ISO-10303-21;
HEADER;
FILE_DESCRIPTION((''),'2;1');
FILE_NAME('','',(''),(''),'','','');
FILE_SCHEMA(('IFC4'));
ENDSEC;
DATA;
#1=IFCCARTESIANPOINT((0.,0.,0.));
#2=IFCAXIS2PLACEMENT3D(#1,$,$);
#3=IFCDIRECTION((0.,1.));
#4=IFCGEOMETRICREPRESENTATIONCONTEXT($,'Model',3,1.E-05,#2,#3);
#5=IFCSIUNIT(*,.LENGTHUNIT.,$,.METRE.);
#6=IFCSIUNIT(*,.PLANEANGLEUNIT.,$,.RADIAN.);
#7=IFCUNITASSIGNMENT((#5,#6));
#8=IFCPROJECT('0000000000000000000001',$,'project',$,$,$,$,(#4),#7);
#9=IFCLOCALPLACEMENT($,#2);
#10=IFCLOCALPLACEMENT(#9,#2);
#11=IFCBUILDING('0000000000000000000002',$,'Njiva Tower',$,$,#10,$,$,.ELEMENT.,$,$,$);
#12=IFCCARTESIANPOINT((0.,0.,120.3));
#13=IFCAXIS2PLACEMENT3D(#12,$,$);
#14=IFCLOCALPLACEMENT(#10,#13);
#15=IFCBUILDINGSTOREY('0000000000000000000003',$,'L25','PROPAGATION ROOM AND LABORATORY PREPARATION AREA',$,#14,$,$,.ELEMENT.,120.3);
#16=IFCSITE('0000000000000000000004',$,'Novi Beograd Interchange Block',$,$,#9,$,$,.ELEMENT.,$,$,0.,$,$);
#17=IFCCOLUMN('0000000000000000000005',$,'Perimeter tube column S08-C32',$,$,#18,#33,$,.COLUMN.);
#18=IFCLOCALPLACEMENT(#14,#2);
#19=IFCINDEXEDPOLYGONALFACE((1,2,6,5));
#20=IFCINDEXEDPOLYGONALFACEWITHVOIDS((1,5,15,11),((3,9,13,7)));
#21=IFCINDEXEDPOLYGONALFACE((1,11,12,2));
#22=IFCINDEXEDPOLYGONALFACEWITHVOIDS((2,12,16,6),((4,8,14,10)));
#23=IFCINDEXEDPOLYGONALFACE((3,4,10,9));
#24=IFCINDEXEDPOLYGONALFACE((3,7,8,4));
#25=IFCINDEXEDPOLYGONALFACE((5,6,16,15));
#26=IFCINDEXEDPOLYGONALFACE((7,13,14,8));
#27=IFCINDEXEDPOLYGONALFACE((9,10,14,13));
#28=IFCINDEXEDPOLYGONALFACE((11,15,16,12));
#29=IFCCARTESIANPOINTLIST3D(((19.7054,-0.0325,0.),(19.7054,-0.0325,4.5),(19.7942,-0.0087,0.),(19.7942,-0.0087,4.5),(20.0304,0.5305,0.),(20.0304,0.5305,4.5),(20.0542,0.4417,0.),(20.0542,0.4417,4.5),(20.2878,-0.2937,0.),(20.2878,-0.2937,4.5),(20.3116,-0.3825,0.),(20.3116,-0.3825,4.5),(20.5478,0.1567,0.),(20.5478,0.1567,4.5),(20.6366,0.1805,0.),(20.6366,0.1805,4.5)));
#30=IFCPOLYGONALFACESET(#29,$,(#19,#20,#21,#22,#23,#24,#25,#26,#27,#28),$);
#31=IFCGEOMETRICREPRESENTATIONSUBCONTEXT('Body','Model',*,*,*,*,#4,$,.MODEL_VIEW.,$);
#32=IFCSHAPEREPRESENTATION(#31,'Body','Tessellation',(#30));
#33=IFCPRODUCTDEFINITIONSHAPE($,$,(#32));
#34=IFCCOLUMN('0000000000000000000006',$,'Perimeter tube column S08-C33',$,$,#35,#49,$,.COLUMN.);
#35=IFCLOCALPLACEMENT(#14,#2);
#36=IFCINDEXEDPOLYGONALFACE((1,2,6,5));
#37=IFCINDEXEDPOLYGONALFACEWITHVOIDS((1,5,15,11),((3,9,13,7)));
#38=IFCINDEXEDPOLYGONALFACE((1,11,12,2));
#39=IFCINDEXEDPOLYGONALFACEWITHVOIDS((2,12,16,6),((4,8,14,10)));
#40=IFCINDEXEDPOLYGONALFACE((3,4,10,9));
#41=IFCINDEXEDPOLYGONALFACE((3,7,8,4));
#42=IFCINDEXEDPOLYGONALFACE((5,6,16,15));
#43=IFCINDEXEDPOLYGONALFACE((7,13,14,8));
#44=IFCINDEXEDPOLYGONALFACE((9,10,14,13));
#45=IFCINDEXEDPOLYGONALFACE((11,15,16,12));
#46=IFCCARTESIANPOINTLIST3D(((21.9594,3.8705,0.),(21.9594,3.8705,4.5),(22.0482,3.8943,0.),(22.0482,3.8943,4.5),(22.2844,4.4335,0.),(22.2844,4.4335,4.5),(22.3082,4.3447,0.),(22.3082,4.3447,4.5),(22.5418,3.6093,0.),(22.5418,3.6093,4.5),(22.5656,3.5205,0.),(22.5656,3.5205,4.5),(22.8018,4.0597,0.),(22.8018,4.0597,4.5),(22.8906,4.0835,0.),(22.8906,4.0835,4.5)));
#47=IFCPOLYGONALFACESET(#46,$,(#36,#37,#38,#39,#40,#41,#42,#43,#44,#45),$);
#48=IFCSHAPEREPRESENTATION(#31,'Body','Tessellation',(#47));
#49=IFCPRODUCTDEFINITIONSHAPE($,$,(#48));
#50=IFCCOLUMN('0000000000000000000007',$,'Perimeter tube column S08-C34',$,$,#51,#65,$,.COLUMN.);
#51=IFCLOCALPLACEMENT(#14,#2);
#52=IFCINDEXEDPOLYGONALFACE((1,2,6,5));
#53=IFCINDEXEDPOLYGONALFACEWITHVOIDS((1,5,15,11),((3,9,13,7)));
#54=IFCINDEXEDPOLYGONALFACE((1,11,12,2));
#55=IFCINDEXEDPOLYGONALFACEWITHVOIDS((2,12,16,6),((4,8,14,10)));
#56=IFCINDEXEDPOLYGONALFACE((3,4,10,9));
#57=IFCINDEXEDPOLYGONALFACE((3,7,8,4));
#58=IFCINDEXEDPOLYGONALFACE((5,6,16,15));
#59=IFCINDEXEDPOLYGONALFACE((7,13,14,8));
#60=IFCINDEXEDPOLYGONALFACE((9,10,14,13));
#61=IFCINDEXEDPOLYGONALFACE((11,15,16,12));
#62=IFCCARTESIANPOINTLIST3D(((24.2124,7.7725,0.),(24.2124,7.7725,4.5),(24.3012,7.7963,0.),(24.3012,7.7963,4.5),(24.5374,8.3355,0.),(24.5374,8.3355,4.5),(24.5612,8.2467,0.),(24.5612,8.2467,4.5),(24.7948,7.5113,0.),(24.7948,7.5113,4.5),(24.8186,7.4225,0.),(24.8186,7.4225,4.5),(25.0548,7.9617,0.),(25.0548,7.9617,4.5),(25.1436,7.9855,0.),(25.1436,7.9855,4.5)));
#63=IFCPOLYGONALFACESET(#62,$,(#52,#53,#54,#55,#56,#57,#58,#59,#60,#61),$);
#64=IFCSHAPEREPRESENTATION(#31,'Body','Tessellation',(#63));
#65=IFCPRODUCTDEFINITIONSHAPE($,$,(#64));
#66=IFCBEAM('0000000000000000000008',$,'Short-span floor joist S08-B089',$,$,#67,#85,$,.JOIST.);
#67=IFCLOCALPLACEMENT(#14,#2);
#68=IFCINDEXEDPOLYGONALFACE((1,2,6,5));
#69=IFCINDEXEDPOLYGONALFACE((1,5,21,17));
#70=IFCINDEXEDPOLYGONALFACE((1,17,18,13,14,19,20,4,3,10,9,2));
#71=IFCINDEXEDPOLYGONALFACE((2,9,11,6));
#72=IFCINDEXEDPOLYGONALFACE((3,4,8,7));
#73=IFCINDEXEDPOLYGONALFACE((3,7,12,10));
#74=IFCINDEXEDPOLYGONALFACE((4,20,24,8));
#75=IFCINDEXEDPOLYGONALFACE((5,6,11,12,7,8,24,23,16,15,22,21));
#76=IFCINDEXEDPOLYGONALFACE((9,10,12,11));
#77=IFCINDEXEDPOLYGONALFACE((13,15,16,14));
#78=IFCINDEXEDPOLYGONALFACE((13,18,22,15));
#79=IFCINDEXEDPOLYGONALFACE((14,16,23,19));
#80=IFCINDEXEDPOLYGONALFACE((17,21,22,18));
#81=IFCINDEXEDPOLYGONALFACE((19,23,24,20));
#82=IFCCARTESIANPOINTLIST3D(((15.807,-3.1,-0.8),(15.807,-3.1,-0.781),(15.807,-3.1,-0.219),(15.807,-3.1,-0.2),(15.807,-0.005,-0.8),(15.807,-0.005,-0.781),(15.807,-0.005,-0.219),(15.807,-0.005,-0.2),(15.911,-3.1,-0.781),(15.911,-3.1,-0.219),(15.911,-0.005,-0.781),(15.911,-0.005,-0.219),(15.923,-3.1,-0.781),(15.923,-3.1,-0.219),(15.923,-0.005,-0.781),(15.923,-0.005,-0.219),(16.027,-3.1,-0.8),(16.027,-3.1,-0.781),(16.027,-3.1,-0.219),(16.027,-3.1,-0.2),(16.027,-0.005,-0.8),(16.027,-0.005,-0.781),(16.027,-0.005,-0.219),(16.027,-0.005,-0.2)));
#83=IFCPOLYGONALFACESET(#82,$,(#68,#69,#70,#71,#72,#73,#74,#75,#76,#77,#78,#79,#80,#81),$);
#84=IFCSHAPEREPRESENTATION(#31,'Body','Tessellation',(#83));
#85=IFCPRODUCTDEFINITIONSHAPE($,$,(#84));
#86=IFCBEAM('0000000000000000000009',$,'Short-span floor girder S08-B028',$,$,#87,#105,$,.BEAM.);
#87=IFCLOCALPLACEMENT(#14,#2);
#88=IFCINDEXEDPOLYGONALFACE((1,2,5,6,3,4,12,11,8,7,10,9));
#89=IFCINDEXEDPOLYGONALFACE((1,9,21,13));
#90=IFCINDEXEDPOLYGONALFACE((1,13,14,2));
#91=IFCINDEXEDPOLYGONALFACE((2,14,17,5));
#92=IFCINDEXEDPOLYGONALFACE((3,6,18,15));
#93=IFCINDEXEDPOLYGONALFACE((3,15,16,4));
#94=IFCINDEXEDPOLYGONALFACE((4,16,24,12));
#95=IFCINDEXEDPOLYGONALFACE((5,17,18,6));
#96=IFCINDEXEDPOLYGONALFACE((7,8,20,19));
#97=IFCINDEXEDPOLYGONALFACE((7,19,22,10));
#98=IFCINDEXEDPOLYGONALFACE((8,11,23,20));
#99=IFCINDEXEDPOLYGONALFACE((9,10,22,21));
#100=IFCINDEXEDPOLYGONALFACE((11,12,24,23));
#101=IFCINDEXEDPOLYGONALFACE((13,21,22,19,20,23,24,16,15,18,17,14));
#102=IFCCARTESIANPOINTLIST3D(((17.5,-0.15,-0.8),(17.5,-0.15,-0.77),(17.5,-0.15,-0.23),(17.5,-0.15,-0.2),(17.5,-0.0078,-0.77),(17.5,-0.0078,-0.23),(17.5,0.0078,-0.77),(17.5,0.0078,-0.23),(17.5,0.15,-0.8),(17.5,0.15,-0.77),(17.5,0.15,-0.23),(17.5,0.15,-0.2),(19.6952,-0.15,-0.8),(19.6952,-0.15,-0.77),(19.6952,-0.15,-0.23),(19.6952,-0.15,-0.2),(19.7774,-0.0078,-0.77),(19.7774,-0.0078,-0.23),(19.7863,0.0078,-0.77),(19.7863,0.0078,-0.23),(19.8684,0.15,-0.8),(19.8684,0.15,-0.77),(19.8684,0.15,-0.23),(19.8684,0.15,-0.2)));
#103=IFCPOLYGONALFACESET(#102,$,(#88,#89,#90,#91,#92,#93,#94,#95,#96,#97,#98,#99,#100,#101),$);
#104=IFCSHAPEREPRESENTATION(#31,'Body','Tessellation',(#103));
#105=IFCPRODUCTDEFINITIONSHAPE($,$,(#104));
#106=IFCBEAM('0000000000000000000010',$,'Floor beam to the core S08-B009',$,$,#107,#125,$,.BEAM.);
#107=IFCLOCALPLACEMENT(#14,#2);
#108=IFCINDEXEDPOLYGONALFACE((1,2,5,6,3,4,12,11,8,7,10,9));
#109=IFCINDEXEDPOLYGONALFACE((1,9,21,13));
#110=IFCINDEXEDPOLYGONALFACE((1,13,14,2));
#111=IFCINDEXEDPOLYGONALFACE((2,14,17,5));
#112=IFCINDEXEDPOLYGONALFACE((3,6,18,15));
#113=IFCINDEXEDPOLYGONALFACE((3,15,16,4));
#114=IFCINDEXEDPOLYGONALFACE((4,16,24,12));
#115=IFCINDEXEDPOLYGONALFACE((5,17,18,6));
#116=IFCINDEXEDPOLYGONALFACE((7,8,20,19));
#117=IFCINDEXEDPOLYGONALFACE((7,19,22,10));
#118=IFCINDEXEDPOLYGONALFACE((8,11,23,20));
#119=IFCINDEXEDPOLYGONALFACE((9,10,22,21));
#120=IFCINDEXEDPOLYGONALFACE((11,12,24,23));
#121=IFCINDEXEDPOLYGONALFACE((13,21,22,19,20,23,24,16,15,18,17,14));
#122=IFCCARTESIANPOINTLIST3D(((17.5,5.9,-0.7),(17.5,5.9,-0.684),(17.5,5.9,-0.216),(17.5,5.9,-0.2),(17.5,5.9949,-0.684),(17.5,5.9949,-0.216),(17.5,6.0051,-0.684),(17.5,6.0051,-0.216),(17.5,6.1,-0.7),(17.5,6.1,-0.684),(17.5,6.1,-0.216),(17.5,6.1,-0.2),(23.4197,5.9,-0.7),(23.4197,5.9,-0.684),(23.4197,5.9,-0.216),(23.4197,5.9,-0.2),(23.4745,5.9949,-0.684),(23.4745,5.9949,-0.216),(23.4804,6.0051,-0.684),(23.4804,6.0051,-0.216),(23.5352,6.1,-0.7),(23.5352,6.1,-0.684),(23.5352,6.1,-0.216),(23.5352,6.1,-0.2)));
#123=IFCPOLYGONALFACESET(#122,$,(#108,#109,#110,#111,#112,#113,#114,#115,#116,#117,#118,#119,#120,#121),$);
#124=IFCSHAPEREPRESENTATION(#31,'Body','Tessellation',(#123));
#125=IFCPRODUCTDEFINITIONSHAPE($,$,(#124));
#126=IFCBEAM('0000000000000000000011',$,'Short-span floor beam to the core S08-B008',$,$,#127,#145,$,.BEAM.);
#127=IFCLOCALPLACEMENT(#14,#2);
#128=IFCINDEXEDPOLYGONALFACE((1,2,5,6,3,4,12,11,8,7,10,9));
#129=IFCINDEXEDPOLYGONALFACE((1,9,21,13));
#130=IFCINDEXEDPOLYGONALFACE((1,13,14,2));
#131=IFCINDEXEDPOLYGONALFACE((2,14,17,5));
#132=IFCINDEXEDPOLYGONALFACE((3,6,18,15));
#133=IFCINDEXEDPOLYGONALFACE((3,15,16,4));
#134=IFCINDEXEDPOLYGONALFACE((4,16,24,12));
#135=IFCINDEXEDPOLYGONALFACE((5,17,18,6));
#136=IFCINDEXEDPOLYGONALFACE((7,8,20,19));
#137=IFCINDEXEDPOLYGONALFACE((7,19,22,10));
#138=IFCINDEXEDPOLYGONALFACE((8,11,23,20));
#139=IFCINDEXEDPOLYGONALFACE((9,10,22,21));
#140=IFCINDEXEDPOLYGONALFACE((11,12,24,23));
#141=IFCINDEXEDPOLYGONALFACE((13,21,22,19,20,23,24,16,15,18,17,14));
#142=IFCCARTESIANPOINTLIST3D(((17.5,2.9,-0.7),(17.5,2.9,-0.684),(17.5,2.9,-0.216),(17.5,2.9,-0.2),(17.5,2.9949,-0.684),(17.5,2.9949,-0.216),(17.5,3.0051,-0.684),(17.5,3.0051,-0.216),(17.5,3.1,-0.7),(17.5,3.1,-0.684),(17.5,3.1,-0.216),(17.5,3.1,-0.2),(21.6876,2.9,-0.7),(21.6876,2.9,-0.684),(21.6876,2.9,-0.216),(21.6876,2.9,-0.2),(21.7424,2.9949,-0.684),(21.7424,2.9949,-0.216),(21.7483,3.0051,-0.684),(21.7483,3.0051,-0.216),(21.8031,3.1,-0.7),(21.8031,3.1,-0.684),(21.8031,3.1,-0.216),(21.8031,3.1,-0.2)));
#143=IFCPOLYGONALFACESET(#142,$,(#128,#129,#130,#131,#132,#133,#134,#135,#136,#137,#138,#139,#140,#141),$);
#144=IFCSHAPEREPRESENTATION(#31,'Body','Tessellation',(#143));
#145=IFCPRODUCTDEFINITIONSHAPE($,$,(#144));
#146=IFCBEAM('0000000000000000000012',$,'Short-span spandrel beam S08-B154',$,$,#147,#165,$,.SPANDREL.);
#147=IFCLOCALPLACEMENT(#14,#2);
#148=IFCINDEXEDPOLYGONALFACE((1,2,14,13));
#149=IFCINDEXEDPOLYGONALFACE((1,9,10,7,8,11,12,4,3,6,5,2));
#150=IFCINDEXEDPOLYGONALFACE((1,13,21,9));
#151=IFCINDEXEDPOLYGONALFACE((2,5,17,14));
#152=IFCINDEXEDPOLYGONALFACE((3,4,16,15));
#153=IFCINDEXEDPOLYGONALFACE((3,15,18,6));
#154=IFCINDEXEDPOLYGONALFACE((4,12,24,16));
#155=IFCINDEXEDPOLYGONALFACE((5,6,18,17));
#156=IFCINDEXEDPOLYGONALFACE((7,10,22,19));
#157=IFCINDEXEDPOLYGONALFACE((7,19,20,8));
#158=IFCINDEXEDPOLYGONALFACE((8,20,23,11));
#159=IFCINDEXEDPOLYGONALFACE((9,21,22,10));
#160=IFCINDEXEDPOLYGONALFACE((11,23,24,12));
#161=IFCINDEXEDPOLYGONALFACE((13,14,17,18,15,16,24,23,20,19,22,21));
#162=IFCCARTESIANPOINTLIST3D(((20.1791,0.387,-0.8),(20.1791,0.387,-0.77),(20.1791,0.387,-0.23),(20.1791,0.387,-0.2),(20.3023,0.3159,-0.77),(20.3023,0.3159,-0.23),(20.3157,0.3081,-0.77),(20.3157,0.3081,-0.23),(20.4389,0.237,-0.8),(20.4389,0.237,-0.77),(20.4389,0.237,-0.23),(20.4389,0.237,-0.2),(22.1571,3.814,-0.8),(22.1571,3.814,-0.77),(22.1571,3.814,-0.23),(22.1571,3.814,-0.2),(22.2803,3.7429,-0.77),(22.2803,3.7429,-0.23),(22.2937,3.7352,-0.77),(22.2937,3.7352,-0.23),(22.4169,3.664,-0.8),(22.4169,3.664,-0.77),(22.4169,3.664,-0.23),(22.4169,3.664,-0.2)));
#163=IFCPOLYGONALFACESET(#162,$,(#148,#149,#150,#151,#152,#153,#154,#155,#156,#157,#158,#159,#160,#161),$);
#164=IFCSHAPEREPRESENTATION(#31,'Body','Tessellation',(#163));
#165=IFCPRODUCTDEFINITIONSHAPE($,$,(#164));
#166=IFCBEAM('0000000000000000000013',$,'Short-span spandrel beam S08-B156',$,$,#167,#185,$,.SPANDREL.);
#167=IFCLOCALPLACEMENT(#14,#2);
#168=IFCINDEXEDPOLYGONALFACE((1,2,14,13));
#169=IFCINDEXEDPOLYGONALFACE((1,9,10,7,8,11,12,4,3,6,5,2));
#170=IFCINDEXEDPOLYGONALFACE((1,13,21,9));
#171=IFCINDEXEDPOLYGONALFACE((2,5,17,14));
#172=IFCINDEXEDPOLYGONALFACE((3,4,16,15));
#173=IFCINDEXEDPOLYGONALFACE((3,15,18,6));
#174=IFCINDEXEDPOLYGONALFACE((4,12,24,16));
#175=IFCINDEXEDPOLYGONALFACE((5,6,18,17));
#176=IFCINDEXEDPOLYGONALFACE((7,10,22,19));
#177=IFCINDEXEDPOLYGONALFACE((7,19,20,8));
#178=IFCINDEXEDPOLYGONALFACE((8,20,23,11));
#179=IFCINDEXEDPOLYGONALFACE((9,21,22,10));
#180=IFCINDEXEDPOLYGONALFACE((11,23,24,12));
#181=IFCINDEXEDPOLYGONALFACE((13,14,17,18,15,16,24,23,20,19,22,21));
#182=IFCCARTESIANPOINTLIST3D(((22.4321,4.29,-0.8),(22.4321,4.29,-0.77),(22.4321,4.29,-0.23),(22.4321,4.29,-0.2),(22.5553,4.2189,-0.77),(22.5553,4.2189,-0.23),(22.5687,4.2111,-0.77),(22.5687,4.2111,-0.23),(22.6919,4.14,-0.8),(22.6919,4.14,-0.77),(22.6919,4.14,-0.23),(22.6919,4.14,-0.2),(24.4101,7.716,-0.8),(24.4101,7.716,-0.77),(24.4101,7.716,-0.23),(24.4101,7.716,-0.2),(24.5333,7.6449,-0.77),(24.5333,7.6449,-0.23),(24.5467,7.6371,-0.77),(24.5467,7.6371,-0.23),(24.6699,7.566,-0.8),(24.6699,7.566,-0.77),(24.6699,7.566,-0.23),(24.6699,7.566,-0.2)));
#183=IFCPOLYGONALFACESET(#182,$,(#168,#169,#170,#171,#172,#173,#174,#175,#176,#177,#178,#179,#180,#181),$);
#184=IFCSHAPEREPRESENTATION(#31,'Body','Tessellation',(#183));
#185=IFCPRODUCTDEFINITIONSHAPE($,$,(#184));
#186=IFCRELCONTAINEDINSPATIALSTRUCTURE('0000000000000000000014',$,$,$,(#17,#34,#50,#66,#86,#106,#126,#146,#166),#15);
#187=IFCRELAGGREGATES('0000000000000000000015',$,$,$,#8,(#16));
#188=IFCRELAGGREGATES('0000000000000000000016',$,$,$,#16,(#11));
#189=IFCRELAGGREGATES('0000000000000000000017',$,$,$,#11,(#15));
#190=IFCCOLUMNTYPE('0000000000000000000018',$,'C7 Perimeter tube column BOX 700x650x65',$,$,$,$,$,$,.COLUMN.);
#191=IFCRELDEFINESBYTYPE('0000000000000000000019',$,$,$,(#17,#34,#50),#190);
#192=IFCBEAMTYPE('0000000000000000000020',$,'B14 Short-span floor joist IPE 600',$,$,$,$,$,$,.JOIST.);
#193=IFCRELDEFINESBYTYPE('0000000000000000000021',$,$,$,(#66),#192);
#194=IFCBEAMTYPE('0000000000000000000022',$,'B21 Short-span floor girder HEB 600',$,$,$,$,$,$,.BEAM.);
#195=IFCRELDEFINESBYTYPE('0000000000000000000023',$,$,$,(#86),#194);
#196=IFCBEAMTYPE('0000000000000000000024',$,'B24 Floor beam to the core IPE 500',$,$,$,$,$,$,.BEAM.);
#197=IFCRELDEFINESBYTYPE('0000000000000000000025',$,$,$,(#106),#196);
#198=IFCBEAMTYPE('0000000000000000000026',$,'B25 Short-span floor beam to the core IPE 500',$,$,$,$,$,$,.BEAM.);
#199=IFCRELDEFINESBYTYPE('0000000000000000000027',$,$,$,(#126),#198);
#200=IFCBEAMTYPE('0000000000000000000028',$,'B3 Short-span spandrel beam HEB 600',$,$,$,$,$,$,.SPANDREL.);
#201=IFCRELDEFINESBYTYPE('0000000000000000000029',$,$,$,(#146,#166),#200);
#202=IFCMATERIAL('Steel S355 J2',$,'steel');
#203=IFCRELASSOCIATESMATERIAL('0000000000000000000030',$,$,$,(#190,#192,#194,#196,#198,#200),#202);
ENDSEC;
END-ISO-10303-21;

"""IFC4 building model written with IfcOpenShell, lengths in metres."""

from ifc_helpers import new_model, si_unit, direction, frame, origin, origin_2d, place, context, subcontext, project, spatial, hollow_rectangle, i_section, extrude, clip, halfspace, material, material_profile, profile_set, type_object, element, save


model = new_model("IFC4")

# Units and contexts
model_context = context("Model", 3, precision=1e-05, world=origin(), true_north=direction((0.0, 1.0)))
body_context = subcontext(model_context, "Body", "Model", "MODEL_VIEW")
ifc_project = project(units=[si_unit("LENGTHUNIT", "METRE"), si_unit("PLANEANGLEUNIT", "RADIAN")], contexts=[model_context])

# Site, building, storey
site_placement = place(None, origin())
site = spatial("IfcSite", under=ifc_project, at=site_placement, Name="Novi Beograd Interchange Block", CompositionType="ELEMENT", RefElevation=0.0)
building_placement = place(site_placement, origin())
building = spatial("IfcBuilding", under=site, at=building_placement, Name="Njiva Tower", CompositionType="ELEMENT")
storey_placement = place(building_placement, frame((0.0, 0.0, 120.3)))
storey = spatial("IfcBuildingStorey", under=building, at=storey_placement, Name="L25", Description="PROPAGATION ROOM AND LABORATORY PREPARATION AREA", CompositionType="ELEMENT", Elevation=120.3)

# Columns
ifc_material_1 = material(Name="Steel S355 J2", Category="steel")
ifc_material_profile_1 = material_profile(ifc_material_1, hollow_rectangle(XDim=0.65, YDim=0.7, WallThickness=0.065, at=origin_2d()), Name="BOX 700x650x65")
ifc_profile_set_1 = profile_set([ifc_material_profile_1], Name="Steel S355 J2")
column_type = type_object("IfcColumnType", Name="C7 Perimeter tube column BOX 700x650x65", PredefinedType="COLUMN", material=ifc_profile_set_1)
for number, where, z_axis, x_axis, name in (
    (1, (20.171, 0.074, 0.0), (0.0, 0.0, 1.0), (0.5, 0.866025, 0.0), "Perimeter tube column S08-C32"),
    (2, (22.425, 3.977, 0.0), (0.0, 0.0, 1.0), (0.5, 0.866025, 0.0), "Perimeter tube column S08-C33"),
    (3, (24.678, 7.879, 0.0), (0.0, 0.0, 1.0), (0.5, 0.866025, 0.0), "Perimeter tube column S08-C34"),
):
    element("IfcColumn", number, at=place(storey_placement, frame(where, z_axis=z_axis, x_axis=x_axis)), inside=storey, type_object=column_type, Name=name, PredefinedType="COLUMN", context=body_context, shape_type="SweptSolid", body=[
        extrude(hollow_rectangle(XDim=0.65, YDim=0.7, WallThickness=0.065, at=origin_2d()), origin(), (0.0, 0.0, 1.0), 4.5),
    ])

# Beams
ifc_material_profile_2 = material_profile(ifc_material_1, i_section(OverallWidth=0.22, OverallDepth=0.6, WebThickness=0.012, FlangeThickness=0.019, at=origin_2d()), Name="IPE 600")
ifc_profile_set_2 = profile_set([ifc_material_profile_2], Name="Steel S355 J2")
beam_type_1 = type_object("IfcBeamType", Name="B14 Short-span floor joist IPE 600", PredefinedType="JOIST", material=ifc_profile_set_2)
beam_1_placement = place(storey_placement, frame((15.917, -0.005, -0.5), z_axis=(0.0, -1.0, 0.0), x_axis=(1.0, 0.0, 0.0)))
element("IfcBeam", 4, at=beam_1_placement, inside=storey, type_object=beam_type_1, Name="Short-span floor joist S08-B089", PredefinedType="JOIST", context=body_context, shape_type="SweptSolid", body=[
    extrude(i_section(OverallWidth=0.22, OverallDepth=0.6, WebThickness=0.012, FlangeThickness=0.019, at=origin_2d()), origin(), (0.0, 0.0, 1.0), 3.095),
])
ifc_material_profile_3 = material_profile(ifc_material_1, i_section(OverallWidth=0.3, OverallDepth=0.6, WebThickness=0.0155, FlangeThickness=0.03, at=origin_2d()), Name="HEB 600")
ifc_profile_set_3 = profile_set([ifc_material_profile_3], Name="Steel S355 J2")
beam_type_2 = type_object("IfcBeamType", Name="B21 Short-span floor girder HEB 600", PredefinedType="BEAM", material=ifc_profile_set_3)
beam_2_placement = place(storey_placement, frame((17.5, 0.0, -0.5), z_axis=(1.0, 0.0, 0.0), x_axis=(0.0, 1.0, 0.0)))
element("IfcBeam", 5, at=beam_2_placement, inside=storey, type_object=beam_type_2, Name="Short-span floor girder S08-B028", PredefinedType="BEAM", context=body_context, shape_type="Clipping", body=[
    clip(extrude(i_section(OverallWidth=0.3, OverallDepth=0.6, WebThickness=0.0155, FlangeThickness=0.03, at=origin_2d()), origin(), (0.0, 0.0, 1.0), 2.389), halfspace(frame((-0.025, 0.0, 2.2674), z_axis=(-0.499998, 0.0, 0.866027), x_axis=(0.0, 1.0, 0.0)), False)),
])
ifc_material_profile_4 = material_profile(ifc_material_1, i_section(OverallWidth=0.2, OverallDepth=0.5, WebThickness=0.0102, FlangeThickness=0.016, at=origin_2d()), Name="IPE 500")
ifc_profile_set_4 = profile_set([ifc_material_profile_4], Name="Steel S355 J2")
beam_type_3 = type_object("IfcBeamType", Name="B24 Floor beam to the core IPE 500", PredefinedType="BEAM", material=ifc_profile_set_4)
beam_3_placement = place(storey_placement, frame((17.5, 6.0, -0.45), z_axis=(1.0, 0.0, 0.0), x_axis=(0.0, 1.0, 0.0)))
element("IfcBeam", 6, at=beam_3_placement, inside=storey, type_object=beam_type_3, Name="Floor beam to the core S08-B009", PredefinedType="BEAM", context=body_context, shape_type="Clipping", body=[
    clip(extrude(i_section(OverallWidth=0.2, OverallDepth=0.5, WebThickness=0.0102, FlangeThickness=0.016, at=origin_2d()), origin(), (0.0, 0.0, 1.0), 6.055), halfspace(frame((-0.025, 0.0, 5.963), z_axis=(-0.499998, 0.0, 0.866027), x_axis=(0.0, 1.0, 0.0)), False)),
])
ifc_material_profile_5 = material_profile(ifc_material_1, i_section(OverallWidth=0.2, OverallDepth=0.5, WebThickness=0.0102, FlangeThickness=0.016, at=origin_2d()), Name="IPE 500")
ifc_profile_set_5 = profile_set([ifc_material_profile_5], Name="Steel S355 J2")
beam_type_4 = type_object("IfcBeamType", Name="B25 Short-span floor beam to the core IPE 500", PredefinedType="BEAM", material=ifc_profile_set_5)
beam_4_placement = place(storey_placement, frame((17.5, 3.0, -0.45), z_axis=(1.0, 0.0, 0.0), x_axis=(0.0, 1.0, 0.0)))
element("IfcBeam", 7, at=beam_4_placement, inside=storey, type_object=beam_type_4, Name="Short-span floor beam to the core S08-B008", PredefinedType="BEAM", context=body_context, shape_type="Clipping", body=[
    clip(extrude(i_section(OverallWidth=0.2, OverallDepth=0.5, WebThickness=0.0102, FlangeThickness=0.016, at=origin_2d()), origin(), (0.0, 0.0, 1.0), 4.323), halfspace(frame((-0.025, 0.0, 4.2309), z_axis=(-0.499998, 0.0, 0.866027), x_axis=(0.0, 1.0, 0.0)), False)),
])
ifc_material_profile_6 = material_profile(ifc_material_1, i_section(OverallWidth=0.3, OverallDepth=0.6, WebThickness=0.0155, FlangeThickness=0.03, at=origin_2d()), Name="HEB 600")
ifc_profile_set_6 = profile_set([ifc_material_profile_6], Name="Steel S355 J2")
beam_type_5 = type_object("IfcBeamType", Name="B3 Short-span spandrel beam HEB 600", PredefinedType="SPANDREL", material=ifc_profile_set_6)
beam_5_placement = place(storey_placement, frame((20.309, 0.312, -0.5), z_axis=(0.49989, 0.866089, 0.0), x_axis=(-0.866089, 0.49989, 0.0)))
element("IfcBeam", 8, at=beam_5_placement, inside=storey, type_object=beam_type_5, Name="Short-span spandrel beam S08-B154", PredefinedType="SPANDREL", context=body_context, shape_type="SweptSolid", body=[
    extrude(i_section(OverallWidth=0.3, OverallDepth=0.6, WebThickness=0.0155, FlangeThickness=0.03, at=origin_2d()), origin(), (0.0, 0.0, 1.0), 3.9569),
])
beam_6_placement = place(storey_placement, frame((22.562, 4.215, -0.5), z_axis=(0.5, 0.866026, 0.0), x_axis=(-0.866026, 0.5, 0.0)))
element("IfcBeam", 9, at=beam_6_placement, inside=storey, type_object=beam_type_5, Name="Short-span spandrel beam S08-B156", PredefinedType="SPANDREL", context=body_context, shape_type="SweptSolid", body=[
    extrude(i_section(OverallWidth=0.3, OverallDepth=0.6, WebThickness=0.0155, FlangeThickness=0.03, at=origin_2d()), origin(), (0.0, 0.0, 1.0), 3.956),
])

save(model, "model.ifc")
